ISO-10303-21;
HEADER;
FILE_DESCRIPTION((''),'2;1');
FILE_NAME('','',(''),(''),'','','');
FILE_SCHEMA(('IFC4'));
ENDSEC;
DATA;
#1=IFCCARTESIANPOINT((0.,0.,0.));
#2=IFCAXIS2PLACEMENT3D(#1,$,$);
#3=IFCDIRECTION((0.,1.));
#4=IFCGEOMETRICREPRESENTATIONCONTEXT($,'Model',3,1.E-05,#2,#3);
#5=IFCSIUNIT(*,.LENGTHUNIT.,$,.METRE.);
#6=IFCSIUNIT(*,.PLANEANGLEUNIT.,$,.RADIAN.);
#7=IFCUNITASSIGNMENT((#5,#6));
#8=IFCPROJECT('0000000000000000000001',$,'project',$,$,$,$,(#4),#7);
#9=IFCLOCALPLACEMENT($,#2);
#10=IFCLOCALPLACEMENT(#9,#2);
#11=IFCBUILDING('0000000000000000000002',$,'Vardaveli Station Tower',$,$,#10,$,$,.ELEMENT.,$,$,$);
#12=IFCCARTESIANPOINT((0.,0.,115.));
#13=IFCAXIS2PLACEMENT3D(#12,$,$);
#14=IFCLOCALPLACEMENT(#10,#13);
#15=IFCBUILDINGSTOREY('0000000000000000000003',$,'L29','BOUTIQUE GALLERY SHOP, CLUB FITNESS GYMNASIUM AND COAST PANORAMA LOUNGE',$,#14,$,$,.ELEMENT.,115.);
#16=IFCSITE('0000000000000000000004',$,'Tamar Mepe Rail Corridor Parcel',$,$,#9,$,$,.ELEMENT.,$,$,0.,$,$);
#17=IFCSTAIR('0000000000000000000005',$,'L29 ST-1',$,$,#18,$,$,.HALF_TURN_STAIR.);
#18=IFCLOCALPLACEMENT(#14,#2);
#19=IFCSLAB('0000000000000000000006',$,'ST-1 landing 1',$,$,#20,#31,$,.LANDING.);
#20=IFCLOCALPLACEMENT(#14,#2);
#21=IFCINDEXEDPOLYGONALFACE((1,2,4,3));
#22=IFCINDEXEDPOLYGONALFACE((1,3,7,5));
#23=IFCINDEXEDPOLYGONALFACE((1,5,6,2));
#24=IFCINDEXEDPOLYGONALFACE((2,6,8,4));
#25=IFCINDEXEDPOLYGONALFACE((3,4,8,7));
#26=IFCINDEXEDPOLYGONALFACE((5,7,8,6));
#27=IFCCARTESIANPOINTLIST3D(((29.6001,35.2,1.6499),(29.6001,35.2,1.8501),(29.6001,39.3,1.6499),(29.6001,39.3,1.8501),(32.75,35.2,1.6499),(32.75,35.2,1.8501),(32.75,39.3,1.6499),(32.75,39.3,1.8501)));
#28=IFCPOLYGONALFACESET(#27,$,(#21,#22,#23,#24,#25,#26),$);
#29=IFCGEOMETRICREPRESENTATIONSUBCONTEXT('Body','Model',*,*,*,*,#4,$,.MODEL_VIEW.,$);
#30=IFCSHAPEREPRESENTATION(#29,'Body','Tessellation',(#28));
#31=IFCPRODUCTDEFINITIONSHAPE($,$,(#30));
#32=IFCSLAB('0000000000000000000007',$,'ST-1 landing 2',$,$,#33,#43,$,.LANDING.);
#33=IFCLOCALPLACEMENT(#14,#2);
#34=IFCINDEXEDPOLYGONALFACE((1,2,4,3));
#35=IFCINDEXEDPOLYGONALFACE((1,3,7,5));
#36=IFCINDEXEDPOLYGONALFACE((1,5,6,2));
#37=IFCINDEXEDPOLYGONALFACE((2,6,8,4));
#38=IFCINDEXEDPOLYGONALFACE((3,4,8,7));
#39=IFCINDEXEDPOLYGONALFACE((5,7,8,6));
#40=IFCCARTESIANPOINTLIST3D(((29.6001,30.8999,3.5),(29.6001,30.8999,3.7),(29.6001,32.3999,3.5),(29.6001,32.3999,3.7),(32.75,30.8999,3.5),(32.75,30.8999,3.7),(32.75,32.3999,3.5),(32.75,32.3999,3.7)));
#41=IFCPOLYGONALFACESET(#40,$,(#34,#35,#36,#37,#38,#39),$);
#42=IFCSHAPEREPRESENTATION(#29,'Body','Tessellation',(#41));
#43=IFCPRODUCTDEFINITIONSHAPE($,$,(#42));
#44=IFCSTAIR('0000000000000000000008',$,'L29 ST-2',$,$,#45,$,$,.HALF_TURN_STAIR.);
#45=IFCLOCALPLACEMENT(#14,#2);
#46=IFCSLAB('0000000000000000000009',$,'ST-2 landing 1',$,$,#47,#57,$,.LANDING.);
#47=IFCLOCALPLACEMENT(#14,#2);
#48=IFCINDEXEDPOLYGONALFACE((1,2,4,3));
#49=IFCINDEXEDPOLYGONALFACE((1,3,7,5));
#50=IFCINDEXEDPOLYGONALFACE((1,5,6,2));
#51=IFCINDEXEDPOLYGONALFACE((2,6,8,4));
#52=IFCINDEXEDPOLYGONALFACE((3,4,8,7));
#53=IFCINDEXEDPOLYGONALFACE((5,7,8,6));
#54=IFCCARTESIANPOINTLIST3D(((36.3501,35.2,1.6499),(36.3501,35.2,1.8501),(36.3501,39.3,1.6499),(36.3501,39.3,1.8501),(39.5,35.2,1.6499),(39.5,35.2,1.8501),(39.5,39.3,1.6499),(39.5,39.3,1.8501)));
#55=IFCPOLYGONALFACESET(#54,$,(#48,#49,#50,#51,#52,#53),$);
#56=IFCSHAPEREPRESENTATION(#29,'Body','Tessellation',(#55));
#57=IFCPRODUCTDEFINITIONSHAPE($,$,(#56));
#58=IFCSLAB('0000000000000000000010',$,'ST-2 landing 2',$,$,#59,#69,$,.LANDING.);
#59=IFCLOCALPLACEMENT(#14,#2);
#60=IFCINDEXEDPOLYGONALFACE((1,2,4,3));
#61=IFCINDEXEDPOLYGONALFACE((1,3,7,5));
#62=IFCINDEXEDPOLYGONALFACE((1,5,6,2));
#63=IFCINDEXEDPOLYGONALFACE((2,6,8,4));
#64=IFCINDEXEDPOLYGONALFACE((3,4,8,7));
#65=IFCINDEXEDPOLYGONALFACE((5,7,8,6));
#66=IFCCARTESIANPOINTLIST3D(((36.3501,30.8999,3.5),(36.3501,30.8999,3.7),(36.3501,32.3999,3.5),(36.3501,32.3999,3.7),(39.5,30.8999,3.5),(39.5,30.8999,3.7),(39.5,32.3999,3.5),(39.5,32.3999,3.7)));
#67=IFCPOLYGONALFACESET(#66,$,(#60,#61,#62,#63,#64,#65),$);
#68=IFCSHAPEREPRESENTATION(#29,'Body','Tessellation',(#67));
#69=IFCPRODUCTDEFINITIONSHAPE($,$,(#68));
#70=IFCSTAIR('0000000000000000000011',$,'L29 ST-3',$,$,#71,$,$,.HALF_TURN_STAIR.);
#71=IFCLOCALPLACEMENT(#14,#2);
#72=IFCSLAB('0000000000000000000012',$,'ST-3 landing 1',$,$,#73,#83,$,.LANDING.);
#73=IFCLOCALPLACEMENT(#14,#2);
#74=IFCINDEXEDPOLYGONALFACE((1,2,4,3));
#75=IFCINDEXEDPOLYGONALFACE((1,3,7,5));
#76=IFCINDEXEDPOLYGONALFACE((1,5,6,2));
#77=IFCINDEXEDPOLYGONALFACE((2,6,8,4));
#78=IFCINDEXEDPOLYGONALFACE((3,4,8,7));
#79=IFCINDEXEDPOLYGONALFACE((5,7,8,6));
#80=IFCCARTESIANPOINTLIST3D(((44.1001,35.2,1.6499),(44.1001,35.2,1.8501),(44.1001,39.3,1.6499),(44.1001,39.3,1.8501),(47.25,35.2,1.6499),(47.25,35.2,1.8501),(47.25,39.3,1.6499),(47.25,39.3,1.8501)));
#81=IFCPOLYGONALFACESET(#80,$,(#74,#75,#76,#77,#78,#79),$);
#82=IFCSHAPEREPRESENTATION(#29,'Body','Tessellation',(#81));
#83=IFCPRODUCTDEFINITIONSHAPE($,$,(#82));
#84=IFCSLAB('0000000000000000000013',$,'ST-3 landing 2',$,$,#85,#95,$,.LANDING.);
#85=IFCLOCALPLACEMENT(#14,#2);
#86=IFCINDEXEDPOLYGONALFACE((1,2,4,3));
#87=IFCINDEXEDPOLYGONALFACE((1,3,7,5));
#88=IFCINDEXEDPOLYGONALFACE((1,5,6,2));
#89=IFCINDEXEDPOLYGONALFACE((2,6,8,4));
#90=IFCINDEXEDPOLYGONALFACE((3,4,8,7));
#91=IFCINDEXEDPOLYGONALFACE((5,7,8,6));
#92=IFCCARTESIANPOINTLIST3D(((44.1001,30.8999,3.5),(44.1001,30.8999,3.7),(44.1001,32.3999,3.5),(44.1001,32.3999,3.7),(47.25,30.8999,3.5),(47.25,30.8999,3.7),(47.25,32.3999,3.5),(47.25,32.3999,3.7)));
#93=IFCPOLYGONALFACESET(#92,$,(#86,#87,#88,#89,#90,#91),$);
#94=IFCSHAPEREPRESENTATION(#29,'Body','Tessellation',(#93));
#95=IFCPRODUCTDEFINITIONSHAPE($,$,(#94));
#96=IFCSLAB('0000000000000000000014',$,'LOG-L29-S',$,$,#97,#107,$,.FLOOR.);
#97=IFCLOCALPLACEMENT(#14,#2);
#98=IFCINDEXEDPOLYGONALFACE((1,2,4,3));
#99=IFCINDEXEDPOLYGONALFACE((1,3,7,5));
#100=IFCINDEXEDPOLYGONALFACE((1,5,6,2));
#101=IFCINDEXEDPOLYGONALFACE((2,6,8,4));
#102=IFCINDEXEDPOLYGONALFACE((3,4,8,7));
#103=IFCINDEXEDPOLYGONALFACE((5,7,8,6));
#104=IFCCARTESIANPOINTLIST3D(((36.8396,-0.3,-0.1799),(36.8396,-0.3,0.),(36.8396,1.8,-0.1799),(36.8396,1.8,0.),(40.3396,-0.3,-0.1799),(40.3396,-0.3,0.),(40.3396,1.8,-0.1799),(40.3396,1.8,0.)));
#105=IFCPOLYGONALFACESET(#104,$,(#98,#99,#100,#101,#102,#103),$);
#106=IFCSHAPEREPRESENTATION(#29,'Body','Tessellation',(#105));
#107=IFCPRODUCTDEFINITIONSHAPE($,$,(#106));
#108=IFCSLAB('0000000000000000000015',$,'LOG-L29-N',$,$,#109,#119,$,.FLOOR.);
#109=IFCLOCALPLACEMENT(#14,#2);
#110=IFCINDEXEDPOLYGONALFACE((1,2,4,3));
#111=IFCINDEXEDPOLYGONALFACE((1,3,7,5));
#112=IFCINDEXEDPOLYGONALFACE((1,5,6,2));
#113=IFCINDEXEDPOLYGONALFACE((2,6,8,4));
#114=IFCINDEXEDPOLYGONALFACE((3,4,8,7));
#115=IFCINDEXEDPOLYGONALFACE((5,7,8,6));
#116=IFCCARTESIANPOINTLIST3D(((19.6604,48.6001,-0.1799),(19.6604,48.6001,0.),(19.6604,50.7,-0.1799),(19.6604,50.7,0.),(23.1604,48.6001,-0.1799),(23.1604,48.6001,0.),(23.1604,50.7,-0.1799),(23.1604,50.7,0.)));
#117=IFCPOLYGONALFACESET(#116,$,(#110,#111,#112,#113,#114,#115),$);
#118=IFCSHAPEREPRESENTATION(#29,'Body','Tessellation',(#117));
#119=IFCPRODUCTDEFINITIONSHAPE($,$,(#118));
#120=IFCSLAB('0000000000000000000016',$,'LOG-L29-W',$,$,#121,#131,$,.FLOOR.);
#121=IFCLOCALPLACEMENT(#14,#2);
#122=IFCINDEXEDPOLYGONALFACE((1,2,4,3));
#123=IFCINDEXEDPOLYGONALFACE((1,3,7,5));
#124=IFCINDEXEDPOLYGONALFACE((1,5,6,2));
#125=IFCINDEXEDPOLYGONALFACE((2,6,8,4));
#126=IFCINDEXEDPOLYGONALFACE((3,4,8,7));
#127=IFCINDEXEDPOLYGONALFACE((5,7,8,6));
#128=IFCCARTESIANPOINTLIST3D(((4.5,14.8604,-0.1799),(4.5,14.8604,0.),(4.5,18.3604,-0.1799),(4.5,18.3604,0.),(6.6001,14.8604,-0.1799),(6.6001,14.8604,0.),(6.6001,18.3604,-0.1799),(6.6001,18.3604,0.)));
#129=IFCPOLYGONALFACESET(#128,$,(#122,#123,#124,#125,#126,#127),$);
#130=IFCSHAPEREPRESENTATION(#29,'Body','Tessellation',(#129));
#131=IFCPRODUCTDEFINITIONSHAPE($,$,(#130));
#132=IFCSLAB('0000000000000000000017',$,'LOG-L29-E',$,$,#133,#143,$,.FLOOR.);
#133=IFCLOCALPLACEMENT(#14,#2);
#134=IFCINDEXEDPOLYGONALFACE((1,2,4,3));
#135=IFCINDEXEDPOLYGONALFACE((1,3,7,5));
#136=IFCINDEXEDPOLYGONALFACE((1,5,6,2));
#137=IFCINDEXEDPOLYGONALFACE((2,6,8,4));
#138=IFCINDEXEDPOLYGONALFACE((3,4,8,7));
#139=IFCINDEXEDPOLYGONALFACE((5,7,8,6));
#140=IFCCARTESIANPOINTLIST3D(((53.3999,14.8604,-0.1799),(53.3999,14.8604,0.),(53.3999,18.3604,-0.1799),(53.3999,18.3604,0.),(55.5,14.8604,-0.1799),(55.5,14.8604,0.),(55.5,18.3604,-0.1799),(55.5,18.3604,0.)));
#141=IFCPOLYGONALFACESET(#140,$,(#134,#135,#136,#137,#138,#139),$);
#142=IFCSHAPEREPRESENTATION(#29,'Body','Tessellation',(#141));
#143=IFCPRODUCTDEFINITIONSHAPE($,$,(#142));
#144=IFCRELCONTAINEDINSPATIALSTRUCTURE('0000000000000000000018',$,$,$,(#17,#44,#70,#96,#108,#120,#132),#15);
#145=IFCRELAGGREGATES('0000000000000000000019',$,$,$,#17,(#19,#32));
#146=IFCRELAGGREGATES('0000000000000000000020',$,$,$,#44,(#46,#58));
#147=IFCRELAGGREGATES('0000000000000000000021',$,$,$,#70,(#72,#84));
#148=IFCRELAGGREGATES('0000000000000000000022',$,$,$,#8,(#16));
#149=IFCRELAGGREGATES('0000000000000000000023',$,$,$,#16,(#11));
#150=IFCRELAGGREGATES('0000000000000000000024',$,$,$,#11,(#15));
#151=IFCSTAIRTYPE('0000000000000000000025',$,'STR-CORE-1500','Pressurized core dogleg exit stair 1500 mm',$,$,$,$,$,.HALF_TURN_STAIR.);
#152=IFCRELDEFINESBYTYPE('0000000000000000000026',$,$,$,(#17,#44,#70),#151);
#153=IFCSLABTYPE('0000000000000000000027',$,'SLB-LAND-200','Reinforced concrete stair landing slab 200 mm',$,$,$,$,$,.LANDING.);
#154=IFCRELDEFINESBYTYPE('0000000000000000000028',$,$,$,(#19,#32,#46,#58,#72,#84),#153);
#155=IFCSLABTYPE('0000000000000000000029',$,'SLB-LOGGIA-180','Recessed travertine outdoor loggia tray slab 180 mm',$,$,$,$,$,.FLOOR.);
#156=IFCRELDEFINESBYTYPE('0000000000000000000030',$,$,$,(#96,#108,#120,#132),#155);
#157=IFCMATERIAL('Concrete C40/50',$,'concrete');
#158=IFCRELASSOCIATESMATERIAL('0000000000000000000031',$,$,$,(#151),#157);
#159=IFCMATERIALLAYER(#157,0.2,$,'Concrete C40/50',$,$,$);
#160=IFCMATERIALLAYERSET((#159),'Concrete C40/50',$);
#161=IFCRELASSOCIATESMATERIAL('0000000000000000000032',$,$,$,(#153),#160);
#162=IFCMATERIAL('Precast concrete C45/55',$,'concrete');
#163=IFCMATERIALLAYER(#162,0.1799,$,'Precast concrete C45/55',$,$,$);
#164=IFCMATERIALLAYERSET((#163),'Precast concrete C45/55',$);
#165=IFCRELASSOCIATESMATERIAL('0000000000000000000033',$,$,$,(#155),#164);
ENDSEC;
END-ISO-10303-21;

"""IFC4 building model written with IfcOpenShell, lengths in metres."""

from ifc_helpers import new_model, si_unit, direction, frame, origin, place, context, subcontext, project, spatial, polyline, outline, extrude, material, layer, layer_set, type_object, element, aggregate, save


model = new_model("IFC4")

# Units and contexts
model_context = context("Model", 3, precision=1e-05, world=origin(), true_north=direction((0.0, 1.0)))
body_context = subcontext(model_context, "Body", "Model", "MODEL_VIEW")
ifc_project = project(units=[si_unit("LENGTHUNIT", "METRE"), si_unit("PLANEANGLEUNIT", "RADIAN")], contexts=[model_context])

# Site, building, storey
site_placement = place(None, origin())
site = spatial("IfcSite", under=ifc_project, at=site_placement, Name="Tamar Mepe Rail Corridor Parcel", CompositionType="ELEMENT", RefElevation=0.0)
building_placement = place(site_placement, origin())
building = spatial("IfcBuilding", under=site, at=building_placement, Name="Vardaveli Station Tower", CompositionType="ELEMENT")
storey_placement = place(building_placement, frame((0.0, 0.0, 115.0)))
storey = spatial("IfcBuildingStorey", under=building, at=storey_placement, Name="L29", Description="BOUTIQUE GALLERY SHOP, CLUB FITNESS GYMNASIUM AND COAST PANORAMA LOUNGE", CompositionType="ELEMENT", Elevation=115.0)

# Stairs, slabs
ifc_material_1 = material(Name="Concrete C40/50", Category="concrete")
stair_type = type_object("IfcStairType", Name="STR-CORE-1500", Description="Pressurized core dogleg exit stair 1500 mm", PredefinedType="HALF_TURN_STAIR", material=ifc_material_1)
stair_1_placement = place(storey_placement, origin())
stair_1 = element("IfcStair", 1, at=stair_1_placement, inside=storey, type_object=stair_type, Name="L29 ST-1", PredefinedType="HALF_TURN_STAIR")
ifc_layer_1 = layer(ifc_material_1, 0.2, Name="Concrete C40/50")
ifc_layer_set_1 = layer_set([ifc_layer_1], Name="Concrete C40/50")
slab_type_1 = type_object("IfcSlabType", Name="SLB-LAND-200", Description="Reinforced concrete stair landing slab 200 mm", PredefinedType="LANDING", material=ifc_layer_set_1)
slab_1_placement = place(storey_placement, frame((0.0, 0.0, 1.6499)))
slab_1 = element("IfcSlab", 2, at=slab_1_placement, type_object=slab_type_1, Name="ST-1 landing 1", PredefinedType="LANDING", context=body_context, shape_type="SweptSolid", body=[
    extrude(outline(polyline([(32.75, 35.2), (32.75, 39.3), (29.6001, 39.3), (29.6001, 35.2), (32.75, 35.2)])), origin(), (0.0, 0.0, 1.0), 0.2002),
])
slab_2_placement = place(storey_placement, frame((0.0, 0.0, 3.5)))
slab_2 = element("IfcSlab", 3, at=slab_2_placement, type_object=slab_type_1, Name="ST-1 landing 2", PredefinedType="LANDING", context=body_context, shape_type="SweptSolid", body=[
    extrude(outline(polyline([(32.75, 30.8999), (32.75, 32.3999), (29.6001, 32.3999), (29.6001, 30.8999), (32.75, 30.8999)])), origin(), (0.0, 0.0, 1.0), 0.2),
])
aggregate(stair_1, [slab_1, slab_2])
stair_2_placement = place(storey_placement, origin())
stair_2 = element("IfcStair", 4, at=stair_2_placement, inside=storey, type_object=stair_type, Name="L29 ST-2", PredefinedType="HALF_TURN_STAIR")
slab_3_placement = place(storey_placement, frame((0.0, 0.0, 1.6499)))
slab_3 = element("IfcSlab", 5, at=slab_3_placement, type_object=slab_type_1, Name="ST-2 landing 1", PredefinedType="LANDING", context=body_context, shape_type="SweptSolid", body=[
    extrude(outline(polyline([(39.5, 35.2), (39.5, 39.3), (36.3501, 39.3), (36.3501, 35.2), (39.5, 35.2)])), origin(), (0.0, 0.0, 1.0), 0.2002),
])
slab_4_placement = place(storey_placement, frame((0.0, 0.0, 3.5)))
slab_4 = element("IfcSlab", 6, at=slab_4_placement, type_object=slab_type_1, Name="ST-2 landing 2", PredefinedType="LANDING", context=body_context, shape_type="SweptSolid", body=[
    extrude(outline(polyline([(39.5, 30.8999), (39.5, 32.3999), (36.3501, 32.3999), (36.3501, 30.8999), (39.5, 30.8999)])), origin(), (0.0, 0.0, 1.0), 0.2),
])
aggregate(stair_2, [slab_3, slab_4])
stair_3_placement = place(storey_placement, origin())
stair_3 = element("IfcStair", 7, at=stair_3_placement, inside=storey, type_object=stair_type, Name="L29 ST-3", PredefinedType="HALF_TURN_STAIR")
slab_5_placement = place(storey_placement, frame((0.0, 0.0, 1.6499)))
slab_5 = element("IfcSlab", 8, at=slab_5_placement, type_object=slab_type_1, Name="ST-3 landing 1", PredefinedType="LANDING", context=body_context, shape_type="SweptSolid", body=[
    extrude(outline(polyline([(47.25, 35.2), (47.25, 39.3), (44.1001, 39.3), (44.1001, 35.2), (47.25, 35.2)])), origin(), (0.0, 0.0, 1.0), 0.2002),
])
slab_6_placement = place(storey_placement, frame((0.0, 0.0, 3.5)))
slab_6 = element("IfcSlab", 9, at=slab_6_placement, type_object=slab_type_1, Name="ST-3 landing 2", PredefinedType="LANDING", context=body_context, shape_type="SweptSolid", body=[
    extrude(outline(polyline([(47.25, 30.8999), (47.25, 32.3999), (44.1001, 32.3999), (44.1001, 30.8999), (47.25, 30.8999)])), origin(), (0.0, 0.0, 1.0), 0.2),
])
aggregate(stair_3, [slab_5, slab_6])

# Slabs
ifc_material_2 = material(Name="Precast concrete C45/55", Category="concrete")
ifc_layer_2 = layer(ifc_material_2, 0.1799, Name="Precast concrete C45/55")
ifc_layer_set_2 = layer_set([ifc_layer_2], Name="Precast concrete C45/55")
slab_type_2 = type_object("IfcSlabType", Name="SLB-LOGGIA-180", Description="Recessed travertine outdoor loggia tray slab 180 mm", PredefinedType="FLOOR", material=ifc_layer_set_2)
slab_7_placement = place(storey_placement, frame((0.0, 0.0, -0.1799)))
element("IfcSlab", 10, at=slab_7_placement, inside=storey, type_object=slab_type_2, Name="LOG-L29-S", PredefinedType="FLOOR", context=body_context, shape_type="SweptSolid", body=[
    extrude(outline(polyline([(36.8396, -0.3), (40.3396, -0.3), (40.3396, 1.8), (36.8396, 1.8), (36.8396, -0.3)])), origin(), (0.0, 0.0, 1.0), 0.1799),
])
slab_8_placement = place(storey_placement, frame((0.0, 0.0, -0.1799)))
element("IfcSlab", 11, at=slab_8_placement, inside=storey, type_object=slab_type_2, Name="LOG-L29-N", PredefinedType="FLOOR", context=body_context, shape_type="SweptSolid", body=[
    extrude(outline(polyline([(19.6604, 48.6001), (23.1604, 48.6001), (23.1604, 50.7), (19.6604, 50.7), (19.6604, 48.6001)])), origin(), (0.0, 0.0, 1.0), 0.1799),
])
slab_9_placement = place(storey_placement, frame((0.0, 0.0, -0.1799)))
element("IfcSlab", 12, at=slab_9_placement, inside=storey, type_object=slab_type_2, Name="LOG-L29-W", PredefinedType="FLOOR", context=body_context, shape_type="SweptSolid", body=[
    extrude(outline(polyline([(4.5, 14.8604), (6.6001, 14.8604), (6.6001, 18.3604), (4.5, 18.3604), (4.5, 14.8604)])), origin(), (0.0, 0.0, 1.0), 0.1799),
])
slab_10_placement = place(storey_placement, frame((0.0, 0.0, -0.1799)))
element("IfcSlab", 13, at=slab_10_placement, inside=storey, type_object=slab_type_2, Name="LOG-L29-E", PredefinedType="FLOOR", context=body_context, shape_type="SweptSolid", body=[
    extrude(outline(polyline([(53.3999, 14.8604), (55.5, 14.8604), (55.5, 18.3604), (53.3999, 18.3604), (53.3999, 14.8604)])), origin(), (0.0, 0.0, 1.0), 0.1799),
])

save(model, "model.ifc")
